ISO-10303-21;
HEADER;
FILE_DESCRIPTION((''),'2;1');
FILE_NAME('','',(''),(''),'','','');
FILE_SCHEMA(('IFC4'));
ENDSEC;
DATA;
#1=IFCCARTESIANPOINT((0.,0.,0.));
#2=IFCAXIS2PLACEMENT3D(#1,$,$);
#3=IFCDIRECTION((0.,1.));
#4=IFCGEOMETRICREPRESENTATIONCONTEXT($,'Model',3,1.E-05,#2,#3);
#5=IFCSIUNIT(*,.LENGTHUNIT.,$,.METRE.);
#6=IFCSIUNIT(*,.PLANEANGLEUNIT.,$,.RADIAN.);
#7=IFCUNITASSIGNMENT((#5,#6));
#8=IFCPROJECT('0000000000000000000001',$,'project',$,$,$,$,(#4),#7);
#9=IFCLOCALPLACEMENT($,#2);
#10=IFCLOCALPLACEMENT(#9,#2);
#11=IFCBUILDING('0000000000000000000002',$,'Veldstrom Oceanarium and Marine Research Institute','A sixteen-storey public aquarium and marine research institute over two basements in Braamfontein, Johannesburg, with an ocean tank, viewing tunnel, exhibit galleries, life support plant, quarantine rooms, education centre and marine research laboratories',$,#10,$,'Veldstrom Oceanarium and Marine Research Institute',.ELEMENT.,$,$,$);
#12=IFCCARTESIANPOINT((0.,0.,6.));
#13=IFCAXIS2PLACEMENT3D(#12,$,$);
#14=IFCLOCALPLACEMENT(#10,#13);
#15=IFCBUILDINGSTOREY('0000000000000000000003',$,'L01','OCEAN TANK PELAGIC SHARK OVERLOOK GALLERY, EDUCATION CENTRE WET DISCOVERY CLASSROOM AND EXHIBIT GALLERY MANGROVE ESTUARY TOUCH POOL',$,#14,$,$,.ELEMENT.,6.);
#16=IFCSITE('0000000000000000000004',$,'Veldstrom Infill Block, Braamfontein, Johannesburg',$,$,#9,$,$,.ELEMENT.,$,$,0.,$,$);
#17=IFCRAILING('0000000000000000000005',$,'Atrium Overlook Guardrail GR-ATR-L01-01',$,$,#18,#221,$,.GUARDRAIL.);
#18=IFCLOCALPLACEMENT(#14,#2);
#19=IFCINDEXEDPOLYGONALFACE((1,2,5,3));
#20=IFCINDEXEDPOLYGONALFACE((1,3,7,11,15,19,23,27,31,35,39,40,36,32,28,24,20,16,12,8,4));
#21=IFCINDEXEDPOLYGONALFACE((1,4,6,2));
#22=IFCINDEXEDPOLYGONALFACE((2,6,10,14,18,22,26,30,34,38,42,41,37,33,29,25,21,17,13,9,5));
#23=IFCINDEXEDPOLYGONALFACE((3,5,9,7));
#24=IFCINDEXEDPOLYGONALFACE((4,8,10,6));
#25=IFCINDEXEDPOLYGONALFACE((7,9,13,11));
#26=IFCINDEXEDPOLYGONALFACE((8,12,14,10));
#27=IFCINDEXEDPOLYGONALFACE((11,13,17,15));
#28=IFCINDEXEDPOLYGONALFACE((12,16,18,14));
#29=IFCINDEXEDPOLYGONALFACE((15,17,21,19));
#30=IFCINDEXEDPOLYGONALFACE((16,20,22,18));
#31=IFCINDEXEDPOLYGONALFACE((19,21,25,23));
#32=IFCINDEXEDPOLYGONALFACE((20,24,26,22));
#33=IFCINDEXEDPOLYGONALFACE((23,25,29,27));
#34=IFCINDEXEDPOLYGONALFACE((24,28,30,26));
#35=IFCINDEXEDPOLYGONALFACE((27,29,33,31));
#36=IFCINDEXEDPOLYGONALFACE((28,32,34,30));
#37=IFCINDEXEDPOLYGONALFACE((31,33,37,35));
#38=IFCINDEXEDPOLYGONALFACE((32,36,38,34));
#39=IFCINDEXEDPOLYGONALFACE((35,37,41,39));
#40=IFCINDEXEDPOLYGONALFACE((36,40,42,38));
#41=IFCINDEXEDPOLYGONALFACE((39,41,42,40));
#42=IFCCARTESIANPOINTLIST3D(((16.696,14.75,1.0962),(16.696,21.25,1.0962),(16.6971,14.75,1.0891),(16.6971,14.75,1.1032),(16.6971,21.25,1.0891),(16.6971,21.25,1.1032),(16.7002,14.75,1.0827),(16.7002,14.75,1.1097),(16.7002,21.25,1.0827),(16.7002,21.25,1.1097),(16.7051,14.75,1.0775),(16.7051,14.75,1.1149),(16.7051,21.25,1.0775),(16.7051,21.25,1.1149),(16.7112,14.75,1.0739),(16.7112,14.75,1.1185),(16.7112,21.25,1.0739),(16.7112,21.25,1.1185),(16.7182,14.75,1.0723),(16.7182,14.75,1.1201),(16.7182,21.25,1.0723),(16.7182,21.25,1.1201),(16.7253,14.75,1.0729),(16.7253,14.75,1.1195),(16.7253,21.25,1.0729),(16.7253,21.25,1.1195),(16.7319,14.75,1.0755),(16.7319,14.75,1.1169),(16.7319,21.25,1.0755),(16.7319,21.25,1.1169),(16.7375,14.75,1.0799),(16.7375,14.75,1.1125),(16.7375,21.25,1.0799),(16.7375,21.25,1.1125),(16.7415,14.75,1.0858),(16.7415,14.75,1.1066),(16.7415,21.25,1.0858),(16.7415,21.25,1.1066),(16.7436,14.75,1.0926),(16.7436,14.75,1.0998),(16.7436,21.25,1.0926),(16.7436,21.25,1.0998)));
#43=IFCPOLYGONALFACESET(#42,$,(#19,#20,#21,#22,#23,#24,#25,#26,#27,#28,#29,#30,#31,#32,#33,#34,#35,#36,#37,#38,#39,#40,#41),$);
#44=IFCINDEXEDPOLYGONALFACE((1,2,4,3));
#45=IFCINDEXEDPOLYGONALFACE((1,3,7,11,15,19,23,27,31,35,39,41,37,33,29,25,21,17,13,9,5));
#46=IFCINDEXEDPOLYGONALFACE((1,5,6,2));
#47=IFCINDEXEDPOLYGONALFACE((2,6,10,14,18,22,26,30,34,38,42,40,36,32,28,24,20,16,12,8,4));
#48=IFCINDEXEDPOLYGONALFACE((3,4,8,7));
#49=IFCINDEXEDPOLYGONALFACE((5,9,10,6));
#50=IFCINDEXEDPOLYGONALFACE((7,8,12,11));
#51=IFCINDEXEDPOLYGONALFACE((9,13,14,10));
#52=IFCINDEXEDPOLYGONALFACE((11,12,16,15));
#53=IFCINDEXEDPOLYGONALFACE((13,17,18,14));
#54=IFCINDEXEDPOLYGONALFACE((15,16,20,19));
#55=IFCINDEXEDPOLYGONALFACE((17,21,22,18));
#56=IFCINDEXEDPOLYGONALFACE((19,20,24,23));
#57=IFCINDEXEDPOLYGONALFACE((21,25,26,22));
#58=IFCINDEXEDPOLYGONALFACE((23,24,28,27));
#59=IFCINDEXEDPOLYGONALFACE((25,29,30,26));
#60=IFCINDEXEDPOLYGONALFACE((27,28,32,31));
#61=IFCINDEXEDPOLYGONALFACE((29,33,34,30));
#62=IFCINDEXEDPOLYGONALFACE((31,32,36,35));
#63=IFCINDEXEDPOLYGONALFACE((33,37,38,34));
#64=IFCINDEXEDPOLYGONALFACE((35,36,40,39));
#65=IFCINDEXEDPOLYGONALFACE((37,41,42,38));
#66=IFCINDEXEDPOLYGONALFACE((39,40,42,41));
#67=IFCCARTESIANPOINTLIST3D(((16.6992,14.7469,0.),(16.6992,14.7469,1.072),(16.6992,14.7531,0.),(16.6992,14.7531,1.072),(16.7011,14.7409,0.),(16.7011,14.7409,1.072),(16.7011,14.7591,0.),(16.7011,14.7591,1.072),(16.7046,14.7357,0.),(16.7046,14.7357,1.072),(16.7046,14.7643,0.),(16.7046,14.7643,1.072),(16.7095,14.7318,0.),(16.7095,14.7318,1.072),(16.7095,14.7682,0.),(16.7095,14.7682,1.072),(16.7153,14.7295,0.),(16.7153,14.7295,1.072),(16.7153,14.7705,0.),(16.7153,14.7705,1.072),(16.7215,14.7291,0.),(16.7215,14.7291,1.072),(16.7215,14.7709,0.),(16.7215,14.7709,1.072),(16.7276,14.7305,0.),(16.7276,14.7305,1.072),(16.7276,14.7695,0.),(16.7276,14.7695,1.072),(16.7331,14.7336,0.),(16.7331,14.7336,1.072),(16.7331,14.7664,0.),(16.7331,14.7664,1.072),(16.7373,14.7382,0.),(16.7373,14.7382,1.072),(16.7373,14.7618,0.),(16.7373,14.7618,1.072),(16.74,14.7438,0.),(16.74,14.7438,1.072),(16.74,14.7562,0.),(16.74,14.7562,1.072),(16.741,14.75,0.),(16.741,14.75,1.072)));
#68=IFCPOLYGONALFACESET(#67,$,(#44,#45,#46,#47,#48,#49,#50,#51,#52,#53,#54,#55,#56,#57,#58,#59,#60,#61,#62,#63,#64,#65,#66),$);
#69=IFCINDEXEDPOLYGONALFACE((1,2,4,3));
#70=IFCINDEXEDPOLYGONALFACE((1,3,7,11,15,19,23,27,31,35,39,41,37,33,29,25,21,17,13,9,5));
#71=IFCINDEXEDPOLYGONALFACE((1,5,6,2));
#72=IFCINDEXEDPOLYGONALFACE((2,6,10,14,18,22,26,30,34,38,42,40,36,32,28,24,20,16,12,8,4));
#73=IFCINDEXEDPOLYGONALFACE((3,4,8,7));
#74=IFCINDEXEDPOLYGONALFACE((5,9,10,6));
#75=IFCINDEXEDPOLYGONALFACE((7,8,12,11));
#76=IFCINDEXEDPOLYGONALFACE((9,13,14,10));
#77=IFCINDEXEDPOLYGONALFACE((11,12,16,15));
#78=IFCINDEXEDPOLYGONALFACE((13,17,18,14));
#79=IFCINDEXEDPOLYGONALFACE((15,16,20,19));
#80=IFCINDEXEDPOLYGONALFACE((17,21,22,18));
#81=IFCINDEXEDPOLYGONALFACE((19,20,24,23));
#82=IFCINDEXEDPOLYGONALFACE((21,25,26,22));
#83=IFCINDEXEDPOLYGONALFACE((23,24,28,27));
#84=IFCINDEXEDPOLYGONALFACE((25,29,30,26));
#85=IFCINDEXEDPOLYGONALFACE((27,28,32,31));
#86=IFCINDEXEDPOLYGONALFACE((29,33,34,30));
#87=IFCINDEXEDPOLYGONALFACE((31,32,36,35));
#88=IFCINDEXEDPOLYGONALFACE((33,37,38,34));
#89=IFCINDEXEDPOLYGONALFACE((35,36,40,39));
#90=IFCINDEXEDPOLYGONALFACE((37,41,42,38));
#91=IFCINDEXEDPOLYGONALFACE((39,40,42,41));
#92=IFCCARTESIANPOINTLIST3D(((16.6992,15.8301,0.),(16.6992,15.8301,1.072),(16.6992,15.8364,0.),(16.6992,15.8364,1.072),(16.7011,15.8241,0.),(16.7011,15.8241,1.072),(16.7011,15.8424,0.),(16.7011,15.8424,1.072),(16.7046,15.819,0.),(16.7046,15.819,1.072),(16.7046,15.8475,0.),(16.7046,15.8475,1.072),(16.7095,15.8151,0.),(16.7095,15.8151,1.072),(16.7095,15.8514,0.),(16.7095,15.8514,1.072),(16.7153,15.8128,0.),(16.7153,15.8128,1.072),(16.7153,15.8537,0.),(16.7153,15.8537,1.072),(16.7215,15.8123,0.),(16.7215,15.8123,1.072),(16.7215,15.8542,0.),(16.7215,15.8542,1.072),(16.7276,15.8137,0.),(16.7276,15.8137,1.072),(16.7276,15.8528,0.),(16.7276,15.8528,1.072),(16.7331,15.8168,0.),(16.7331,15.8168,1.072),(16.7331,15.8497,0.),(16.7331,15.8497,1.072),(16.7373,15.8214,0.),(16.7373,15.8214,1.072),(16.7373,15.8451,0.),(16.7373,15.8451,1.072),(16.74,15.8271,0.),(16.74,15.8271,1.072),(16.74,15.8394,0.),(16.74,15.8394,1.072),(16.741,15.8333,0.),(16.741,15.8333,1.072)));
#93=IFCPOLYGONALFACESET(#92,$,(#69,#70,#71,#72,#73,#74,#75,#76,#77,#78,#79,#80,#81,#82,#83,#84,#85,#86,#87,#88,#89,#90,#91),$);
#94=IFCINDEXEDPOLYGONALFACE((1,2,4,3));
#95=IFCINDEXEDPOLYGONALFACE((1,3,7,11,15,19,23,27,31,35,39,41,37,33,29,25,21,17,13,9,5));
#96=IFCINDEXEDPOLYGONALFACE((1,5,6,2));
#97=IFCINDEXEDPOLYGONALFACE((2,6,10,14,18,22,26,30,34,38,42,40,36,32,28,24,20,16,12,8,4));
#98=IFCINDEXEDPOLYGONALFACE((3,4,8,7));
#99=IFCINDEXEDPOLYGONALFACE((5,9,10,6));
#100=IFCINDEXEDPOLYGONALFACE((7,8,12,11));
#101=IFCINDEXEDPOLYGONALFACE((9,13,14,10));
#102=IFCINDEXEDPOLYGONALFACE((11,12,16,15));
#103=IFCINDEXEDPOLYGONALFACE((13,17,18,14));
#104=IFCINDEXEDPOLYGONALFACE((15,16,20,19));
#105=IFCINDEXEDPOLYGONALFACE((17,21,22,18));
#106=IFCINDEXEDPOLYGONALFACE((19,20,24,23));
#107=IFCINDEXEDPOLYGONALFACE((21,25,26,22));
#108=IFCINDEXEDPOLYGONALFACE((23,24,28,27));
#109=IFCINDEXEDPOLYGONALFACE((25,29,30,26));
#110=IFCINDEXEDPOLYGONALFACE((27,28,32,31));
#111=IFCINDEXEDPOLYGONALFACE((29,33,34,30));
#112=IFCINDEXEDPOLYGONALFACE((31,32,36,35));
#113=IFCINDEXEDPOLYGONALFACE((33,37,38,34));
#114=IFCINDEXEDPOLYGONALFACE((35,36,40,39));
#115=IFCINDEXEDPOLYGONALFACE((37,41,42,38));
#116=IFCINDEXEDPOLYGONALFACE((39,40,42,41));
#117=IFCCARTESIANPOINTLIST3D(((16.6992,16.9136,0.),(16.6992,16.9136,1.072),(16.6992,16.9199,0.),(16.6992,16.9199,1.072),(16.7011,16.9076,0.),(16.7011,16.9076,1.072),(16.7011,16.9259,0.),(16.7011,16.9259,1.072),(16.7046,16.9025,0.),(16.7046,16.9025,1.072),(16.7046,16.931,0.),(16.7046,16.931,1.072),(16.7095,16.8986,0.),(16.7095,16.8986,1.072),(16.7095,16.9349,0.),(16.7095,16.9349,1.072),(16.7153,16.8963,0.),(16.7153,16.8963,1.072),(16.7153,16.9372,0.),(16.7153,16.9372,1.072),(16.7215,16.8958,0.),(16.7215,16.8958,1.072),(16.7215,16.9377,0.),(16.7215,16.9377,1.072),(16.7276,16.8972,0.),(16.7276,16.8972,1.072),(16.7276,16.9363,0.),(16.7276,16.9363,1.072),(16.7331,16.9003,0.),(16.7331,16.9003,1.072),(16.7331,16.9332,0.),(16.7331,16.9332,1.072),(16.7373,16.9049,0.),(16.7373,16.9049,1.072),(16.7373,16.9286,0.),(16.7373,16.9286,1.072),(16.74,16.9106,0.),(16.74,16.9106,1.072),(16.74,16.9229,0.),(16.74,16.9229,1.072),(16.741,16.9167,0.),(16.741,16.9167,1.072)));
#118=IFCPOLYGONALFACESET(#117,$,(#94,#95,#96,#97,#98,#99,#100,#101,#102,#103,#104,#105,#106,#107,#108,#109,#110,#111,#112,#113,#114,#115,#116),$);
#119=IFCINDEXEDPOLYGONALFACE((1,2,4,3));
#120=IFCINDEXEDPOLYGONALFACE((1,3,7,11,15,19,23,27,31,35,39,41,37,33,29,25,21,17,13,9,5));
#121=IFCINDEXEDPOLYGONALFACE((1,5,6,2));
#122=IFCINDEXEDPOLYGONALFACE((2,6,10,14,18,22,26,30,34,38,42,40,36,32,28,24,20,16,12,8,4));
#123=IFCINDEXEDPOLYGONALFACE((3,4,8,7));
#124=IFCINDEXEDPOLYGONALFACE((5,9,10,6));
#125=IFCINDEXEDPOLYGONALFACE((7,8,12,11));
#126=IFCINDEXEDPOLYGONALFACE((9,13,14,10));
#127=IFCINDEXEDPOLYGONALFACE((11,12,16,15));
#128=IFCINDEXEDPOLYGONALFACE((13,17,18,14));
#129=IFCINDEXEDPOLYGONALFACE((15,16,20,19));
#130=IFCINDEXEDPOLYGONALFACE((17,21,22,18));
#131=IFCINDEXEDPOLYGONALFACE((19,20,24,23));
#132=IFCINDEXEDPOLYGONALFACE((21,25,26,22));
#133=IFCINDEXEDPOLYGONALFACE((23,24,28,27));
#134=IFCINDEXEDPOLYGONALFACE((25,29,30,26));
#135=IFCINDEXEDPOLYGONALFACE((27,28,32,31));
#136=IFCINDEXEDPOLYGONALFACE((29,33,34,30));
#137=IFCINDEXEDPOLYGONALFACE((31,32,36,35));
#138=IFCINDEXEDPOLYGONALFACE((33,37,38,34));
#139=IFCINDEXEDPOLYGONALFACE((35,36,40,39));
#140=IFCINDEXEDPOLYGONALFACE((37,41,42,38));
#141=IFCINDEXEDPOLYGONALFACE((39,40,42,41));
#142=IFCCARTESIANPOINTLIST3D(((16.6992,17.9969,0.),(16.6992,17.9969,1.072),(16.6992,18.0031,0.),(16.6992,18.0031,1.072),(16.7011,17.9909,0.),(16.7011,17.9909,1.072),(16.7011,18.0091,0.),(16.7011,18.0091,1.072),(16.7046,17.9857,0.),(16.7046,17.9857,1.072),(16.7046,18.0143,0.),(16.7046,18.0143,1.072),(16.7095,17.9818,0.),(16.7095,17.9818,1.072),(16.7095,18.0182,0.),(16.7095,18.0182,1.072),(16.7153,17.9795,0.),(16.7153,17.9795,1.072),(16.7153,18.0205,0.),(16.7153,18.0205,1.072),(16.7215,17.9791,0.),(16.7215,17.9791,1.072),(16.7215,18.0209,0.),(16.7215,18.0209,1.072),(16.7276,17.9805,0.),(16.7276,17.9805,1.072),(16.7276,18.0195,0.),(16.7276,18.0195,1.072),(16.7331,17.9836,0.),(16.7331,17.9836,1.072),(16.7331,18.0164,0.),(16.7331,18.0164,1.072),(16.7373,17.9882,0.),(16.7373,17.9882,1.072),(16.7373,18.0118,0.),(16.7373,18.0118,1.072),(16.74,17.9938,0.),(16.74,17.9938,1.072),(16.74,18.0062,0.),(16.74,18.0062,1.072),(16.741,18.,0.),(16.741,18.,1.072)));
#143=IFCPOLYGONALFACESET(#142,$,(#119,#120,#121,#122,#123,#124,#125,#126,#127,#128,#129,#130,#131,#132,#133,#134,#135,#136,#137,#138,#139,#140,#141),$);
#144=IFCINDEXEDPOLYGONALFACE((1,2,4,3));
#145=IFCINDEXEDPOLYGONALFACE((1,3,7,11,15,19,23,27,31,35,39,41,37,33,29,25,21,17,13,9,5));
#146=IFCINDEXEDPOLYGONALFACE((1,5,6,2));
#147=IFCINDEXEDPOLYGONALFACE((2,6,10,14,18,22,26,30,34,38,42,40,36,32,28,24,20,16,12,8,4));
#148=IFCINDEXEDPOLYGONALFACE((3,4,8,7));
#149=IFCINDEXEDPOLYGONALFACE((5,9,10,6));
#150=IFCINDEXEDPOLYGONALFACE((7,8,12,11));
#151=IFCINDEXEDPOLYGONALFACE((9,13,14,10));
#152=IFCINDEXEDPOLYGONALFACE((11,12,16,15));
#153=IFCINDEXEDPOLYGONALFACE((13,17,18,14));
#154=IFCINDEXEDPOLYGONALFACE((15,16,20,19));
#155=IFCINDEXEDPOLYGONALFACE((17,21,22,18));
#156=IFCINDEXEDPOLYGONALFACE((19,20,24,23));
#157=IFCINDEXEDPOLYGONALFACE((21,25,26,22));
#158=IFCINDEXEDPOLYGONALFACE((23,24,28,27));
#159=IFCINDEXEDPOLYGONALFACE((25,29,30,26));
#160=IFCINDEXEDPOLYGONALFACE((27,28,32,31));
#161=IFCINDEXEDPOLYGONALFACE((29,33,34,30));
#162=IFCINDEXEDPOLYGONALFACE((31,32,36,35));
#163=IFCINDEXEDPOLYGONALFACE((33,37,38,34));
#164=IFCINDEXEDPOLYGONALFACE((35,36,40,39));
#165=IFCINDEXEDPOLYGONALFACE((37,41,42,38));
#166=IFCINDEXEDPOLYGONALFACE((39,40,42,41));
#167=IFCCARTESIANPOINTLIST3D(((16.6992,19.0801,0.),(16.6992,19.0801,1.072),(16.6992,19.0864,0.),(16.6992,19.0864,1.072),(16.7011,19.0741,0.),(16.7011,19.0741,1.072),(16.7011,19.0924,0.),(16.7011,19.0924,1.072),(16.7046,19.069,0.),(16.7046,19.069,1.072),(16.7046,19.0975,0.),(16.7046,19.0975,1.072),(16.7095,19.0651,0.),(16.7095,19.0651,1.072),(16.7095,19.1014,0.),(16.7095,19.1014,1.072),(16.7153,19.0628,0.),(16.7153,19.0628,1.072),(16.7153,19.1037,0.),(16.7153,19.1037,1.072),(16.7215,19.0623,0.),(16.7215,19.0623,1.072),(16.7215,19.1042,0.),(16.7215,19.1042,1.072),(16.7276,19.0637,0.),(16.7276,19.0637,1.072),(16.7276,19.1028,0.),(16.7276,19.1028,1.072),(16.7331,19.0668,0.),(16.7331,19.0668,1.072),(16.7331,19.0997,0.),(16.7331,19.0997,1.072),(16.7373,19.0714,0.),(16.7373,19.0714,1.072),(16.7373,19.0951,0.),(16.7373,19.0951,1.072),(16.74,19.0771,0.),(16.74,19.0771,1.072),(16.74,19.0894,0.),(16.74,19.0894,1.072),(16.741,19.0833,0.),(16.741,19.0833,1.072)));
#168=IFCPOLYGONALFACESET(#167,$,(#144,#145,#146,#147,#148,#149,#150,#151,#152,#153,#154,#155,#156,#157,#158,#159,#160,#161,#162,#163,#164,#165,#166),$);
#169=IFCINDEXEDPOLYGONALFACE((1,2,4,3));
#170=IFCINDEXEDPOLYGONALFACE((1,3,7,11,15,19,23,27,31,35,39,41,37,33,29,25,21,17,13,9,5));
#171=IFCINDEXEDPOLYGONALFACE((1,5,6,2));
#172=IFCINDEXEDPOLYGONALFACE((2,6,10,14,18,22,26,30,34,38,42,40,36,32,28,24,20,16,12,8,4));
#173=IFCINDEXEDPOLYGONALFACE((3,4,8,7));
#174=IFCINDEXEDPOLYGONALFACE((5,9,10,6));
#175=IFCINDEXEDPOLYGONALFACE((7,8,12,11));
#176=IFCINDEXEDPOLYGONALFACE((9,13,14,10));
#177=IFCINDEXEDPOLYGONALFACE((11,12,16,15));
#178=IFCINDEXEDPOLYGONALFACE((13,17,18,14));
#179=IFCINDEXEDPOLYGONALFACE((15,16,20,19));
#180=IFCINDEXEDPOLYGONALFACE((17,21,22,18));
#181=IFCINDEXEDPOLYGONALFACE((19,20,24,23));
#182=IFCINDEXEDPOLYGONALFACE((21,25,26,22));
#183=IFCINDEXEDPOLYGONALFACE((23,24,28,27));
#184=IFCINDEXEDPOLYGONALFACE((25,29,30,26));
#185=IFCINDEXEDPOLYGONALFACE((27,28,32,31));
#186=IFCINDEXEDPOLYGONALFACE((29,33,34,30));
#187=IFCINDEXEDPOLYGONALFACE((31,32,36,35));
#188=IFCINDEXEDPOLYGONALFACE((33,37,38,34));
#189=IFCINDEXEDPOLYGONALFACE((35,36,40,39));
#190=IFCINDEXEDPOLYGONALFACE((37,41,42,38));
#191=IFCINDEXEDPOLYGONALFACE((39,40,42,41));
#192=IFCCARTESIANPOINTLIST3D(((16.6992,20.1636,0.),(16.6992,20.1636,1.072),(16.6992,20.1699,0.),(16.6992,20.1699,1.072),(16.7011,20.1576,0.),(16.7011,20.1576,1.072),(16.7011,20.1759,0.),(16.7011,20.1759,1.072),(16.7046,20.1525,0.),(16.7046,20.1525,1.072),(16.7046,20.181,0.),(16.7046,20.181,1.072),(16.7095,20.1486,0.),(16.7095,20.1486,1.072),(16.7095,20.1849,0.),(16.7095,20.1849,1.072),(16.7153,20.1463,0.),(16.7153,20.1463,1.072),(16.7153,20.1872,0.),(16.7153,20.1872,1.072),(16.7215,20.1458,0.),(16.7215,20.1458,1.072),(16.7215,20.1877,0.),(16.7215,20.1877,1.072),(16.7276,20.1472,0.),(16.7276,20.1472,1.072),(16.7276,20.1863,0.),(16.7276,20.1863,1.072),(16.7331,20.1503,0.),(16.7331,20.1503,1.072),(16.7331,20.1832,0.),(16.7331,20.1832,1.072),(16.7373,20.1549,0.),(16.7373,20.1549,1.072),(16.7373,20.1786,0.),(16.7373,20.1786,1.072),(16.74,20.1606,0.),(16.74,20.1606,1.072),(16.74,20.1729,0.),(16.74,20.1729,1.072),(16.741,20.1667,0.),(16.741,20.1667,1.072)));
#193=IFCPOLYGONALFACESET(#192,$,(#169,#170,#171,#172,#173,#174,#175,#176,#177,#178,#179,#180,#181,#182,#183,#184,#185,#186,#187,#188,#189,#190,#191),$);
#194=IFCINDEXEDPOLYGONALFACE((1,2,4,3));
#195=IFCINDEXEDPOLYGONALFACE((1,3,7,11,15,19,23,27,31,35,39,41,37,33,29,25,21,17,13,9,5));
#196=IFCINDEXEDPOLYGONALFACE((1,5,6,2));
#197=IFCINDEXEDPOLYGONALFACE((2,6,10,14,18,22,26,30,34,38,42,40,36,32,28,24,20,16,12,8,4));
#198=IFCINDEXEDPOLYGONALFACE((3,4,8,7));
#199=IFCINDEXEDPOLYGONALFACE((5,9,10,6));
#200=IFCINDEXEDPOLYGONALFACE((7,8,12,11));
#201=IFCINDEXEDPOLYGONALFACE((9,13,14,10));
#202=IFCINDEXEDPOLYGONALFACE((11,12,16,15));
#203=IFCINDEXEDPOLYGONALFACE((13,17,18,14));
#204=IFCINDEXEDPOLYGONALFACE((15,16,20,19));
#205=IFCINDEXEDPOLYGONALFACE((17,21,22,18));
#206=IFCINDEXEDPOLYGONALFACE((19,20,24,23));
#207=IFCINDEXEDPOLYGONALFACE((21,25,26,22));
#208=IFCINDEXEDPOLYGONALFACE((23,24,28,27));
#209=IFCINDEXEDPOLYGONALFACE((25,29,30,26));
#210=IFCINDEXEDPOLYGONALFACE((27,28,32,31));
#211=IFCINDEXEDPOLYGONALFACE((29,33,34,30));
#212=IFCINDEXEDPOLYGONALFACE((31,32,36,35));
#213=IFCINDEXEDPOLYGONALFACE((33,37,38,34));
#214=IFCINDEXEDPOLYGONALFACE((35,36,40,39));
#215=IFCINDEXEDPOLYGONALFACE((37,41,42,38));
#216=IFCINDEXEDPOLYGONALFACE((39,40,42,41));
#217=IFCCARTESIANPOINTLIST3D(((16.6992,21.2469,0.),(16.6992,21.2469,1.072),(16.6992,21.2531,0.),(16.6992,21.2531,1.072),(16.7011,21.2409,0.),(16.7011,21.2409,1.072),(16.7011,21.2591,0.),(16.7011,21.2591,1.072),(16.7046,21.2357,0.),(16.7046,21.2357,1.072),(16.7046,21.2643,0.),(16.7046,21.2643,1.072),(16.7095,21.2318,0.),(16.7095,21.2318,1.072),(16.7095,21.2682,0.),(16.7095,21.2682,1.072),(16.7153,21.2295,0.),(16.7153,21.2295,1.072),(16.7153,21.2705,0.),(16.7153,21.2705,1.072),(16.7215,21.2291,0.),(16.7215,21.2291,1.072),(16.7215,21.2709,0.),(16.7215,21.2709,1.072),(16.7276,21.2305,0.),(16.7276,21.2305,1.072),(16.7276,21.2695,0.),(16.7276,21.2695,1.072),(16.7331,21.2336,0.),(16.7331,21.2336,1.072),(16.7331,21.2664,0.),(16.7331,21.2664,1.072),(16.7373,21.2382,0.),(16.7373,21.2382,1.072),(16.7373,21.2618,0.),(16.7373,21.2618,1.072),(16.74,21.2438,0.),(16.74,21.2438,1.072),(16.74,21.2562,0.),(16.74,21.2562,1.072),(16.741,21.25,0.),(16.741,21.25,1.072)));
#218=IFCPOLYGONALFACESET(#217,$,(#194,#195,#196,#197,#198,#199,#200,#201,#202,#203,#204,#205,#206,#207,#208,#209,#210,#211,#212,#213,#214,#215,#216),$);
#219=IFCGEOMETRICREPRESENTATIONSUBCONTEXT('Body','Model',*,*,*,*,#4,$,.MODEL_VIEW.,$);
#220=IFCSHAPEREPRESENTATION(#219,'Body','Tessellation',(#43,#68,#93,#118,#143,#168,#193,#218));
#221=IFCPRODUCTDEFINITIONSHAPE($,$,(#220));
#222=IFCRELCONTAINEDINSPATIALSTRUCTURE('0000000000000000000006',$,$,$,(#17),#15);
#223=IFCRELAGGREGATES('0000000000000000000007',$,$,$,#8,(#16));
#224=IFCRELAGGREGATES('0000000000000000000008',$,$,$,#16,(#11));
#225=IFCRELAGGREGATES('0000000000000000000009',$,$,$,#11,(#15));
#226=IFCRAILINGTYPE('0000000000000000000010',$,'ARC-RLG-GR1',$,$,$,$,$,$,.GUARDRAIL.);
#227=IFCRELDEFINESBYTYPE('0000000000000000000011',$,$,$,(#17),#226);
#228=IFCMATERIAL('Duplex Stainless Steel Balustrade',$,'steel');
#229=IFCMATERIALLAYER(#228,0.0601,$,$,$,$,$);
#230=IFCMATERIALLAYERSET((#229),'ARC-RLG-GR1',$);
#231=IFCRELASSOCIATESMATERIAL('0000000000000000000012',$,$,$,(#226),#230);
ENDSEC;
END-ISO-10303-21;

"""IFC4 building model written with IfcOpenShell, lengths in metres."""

from ifc_helpers import new_model, si_unit, direction, frame, origin, origin_2d, place, context, subcontext, project, spatial, circle, extrude, material, layer, layer_set, type_object, element, save


model = new_model("IFC4")

# Units and contexts
model_context = context("Model", 3, precision=1e-05, world=origin(), true_north=direction((0.0, 1.0)))
body_context = subcontext(model_context, "Body", "Model", "MODEL_VIEW")
ifc_project = project(units=[si_unit("LENGTHUNIT", "METRE"), si_unit("PLANEANGLEUNIT", "RADIAN")], contexts=[model_context])

# Site, building, storey
site_placement = place(None, origin())
site = spatial("IfcSite", under=ifc_project, at=site_placement, Name="Veldstrom Infill Block, Braamfontein, Johannesburg", CompositionType="ELEMENT", RefElevation=0.0)
building_placement = place(site_placement, origin())
building = spatial("IfcBuilding", under=site, at=building_placement, Name="Veldstrom Oceanarium and Marine Research Institute", Description="A sixteen-storey public aquarium and marine research institute over two basements in Braamfontein, Johannesburg, with an ocean tank, viewing tunnel, exhibit galleries, life support plant, quarantine rooms, education centre and marine research laboratories", LongName="Veldstrom Oceanarium and Marine Research Institute", CompositionType="ELEMENT")
storey_placement = place(building_placement, frame((0.0, 0.0, 6.0)))
storey = spatial("IfcBuildingStorey", under=building, at=storey_placement, Name="L01", Description="OCEAN TANK PELAGIC SHARK OVERLOOK GALLERY, EDUCATION CENTRE WET DISCOVERY CLASSROOM AND EXHIBIT GALLERY MANGROVE ESTUARY TOUCH POOL", CompositionType="ELEMENT", Elevation=6.0)

# Railing
ifc_material_1 = material(Name="Duplex Stainless Steel Balustrade", Category="steel")
ifc_layer_1 = layer(ifc_material_1, 0.0601)
ifc_layer_set_1 = layer_set([ifc_layer_1], Name="ARC-RLG-GR1")
railing_type = type_object("IfcRailingType", Name="ARC-RLG-GR1", PredefinedType="GUARDRAIL", material=ifc_layer_set_1)
railing_placement = place(storey_placement, frame((16.72, 14.75, 0.0)))
element("IfcRailing", 1, at=railing_placement, inside=storey, type_object=railing_type, Name="Atrium Overlook Guardrail GR-ATR-L01-01", PredefinedType="GUARDRAIL", context=body_context, shape_type="SweptSolid", body=[
    extrude(circle(Radius=0.0239, at=origin_2d()), frame((0.0, 0.0, 1.0962), z_axis=(0.0, 1.0, 0.0), x_axis=(-1.0, 0.0, 0.0)), (0.0, 0.0, 1.0), 6.5),
    extrude(circle(Radius=0.021, at=origin_2d()), origin(), (0.0, 0.0, 1.0), 1.072),
    extrude(circle(Radius=0.021, at=origin_2d()), frame((0.0, 1.0833, 0.0)), (0.0, 0.0, 1.0), 1.072),
    extrude(circle(Radius=0.021, at=origin_2d()), frame((0.0, 2.1667, 0.0)), (0.0, 0.0, 1.0), 1.072),
    extrude(circle(Radius=0.021, at=origin_2d()), frame((0.0, 3.25, 0.0)), (0.0, 0.0, 1.0), 1.072),
    extrude(circle(Radius=0.021, at=origin_2d()), frame((0.0, 4.3333, 0.0)), (0.0, 0.0, 1.0), 1.072),
    extrude(circle(Radius=0.021, at=origin_2d()), frame((0.0, 5.4167, 0.0)), (0.0, 0.0, 1.0), 1.072),
    extrude(circle(Radius=0.021, at=origin_2d()), frame((0.0, 6.5, 0.0)), (0.0, 0.0, 1.0), 1.072),
])

save(model, "model.ifc")
